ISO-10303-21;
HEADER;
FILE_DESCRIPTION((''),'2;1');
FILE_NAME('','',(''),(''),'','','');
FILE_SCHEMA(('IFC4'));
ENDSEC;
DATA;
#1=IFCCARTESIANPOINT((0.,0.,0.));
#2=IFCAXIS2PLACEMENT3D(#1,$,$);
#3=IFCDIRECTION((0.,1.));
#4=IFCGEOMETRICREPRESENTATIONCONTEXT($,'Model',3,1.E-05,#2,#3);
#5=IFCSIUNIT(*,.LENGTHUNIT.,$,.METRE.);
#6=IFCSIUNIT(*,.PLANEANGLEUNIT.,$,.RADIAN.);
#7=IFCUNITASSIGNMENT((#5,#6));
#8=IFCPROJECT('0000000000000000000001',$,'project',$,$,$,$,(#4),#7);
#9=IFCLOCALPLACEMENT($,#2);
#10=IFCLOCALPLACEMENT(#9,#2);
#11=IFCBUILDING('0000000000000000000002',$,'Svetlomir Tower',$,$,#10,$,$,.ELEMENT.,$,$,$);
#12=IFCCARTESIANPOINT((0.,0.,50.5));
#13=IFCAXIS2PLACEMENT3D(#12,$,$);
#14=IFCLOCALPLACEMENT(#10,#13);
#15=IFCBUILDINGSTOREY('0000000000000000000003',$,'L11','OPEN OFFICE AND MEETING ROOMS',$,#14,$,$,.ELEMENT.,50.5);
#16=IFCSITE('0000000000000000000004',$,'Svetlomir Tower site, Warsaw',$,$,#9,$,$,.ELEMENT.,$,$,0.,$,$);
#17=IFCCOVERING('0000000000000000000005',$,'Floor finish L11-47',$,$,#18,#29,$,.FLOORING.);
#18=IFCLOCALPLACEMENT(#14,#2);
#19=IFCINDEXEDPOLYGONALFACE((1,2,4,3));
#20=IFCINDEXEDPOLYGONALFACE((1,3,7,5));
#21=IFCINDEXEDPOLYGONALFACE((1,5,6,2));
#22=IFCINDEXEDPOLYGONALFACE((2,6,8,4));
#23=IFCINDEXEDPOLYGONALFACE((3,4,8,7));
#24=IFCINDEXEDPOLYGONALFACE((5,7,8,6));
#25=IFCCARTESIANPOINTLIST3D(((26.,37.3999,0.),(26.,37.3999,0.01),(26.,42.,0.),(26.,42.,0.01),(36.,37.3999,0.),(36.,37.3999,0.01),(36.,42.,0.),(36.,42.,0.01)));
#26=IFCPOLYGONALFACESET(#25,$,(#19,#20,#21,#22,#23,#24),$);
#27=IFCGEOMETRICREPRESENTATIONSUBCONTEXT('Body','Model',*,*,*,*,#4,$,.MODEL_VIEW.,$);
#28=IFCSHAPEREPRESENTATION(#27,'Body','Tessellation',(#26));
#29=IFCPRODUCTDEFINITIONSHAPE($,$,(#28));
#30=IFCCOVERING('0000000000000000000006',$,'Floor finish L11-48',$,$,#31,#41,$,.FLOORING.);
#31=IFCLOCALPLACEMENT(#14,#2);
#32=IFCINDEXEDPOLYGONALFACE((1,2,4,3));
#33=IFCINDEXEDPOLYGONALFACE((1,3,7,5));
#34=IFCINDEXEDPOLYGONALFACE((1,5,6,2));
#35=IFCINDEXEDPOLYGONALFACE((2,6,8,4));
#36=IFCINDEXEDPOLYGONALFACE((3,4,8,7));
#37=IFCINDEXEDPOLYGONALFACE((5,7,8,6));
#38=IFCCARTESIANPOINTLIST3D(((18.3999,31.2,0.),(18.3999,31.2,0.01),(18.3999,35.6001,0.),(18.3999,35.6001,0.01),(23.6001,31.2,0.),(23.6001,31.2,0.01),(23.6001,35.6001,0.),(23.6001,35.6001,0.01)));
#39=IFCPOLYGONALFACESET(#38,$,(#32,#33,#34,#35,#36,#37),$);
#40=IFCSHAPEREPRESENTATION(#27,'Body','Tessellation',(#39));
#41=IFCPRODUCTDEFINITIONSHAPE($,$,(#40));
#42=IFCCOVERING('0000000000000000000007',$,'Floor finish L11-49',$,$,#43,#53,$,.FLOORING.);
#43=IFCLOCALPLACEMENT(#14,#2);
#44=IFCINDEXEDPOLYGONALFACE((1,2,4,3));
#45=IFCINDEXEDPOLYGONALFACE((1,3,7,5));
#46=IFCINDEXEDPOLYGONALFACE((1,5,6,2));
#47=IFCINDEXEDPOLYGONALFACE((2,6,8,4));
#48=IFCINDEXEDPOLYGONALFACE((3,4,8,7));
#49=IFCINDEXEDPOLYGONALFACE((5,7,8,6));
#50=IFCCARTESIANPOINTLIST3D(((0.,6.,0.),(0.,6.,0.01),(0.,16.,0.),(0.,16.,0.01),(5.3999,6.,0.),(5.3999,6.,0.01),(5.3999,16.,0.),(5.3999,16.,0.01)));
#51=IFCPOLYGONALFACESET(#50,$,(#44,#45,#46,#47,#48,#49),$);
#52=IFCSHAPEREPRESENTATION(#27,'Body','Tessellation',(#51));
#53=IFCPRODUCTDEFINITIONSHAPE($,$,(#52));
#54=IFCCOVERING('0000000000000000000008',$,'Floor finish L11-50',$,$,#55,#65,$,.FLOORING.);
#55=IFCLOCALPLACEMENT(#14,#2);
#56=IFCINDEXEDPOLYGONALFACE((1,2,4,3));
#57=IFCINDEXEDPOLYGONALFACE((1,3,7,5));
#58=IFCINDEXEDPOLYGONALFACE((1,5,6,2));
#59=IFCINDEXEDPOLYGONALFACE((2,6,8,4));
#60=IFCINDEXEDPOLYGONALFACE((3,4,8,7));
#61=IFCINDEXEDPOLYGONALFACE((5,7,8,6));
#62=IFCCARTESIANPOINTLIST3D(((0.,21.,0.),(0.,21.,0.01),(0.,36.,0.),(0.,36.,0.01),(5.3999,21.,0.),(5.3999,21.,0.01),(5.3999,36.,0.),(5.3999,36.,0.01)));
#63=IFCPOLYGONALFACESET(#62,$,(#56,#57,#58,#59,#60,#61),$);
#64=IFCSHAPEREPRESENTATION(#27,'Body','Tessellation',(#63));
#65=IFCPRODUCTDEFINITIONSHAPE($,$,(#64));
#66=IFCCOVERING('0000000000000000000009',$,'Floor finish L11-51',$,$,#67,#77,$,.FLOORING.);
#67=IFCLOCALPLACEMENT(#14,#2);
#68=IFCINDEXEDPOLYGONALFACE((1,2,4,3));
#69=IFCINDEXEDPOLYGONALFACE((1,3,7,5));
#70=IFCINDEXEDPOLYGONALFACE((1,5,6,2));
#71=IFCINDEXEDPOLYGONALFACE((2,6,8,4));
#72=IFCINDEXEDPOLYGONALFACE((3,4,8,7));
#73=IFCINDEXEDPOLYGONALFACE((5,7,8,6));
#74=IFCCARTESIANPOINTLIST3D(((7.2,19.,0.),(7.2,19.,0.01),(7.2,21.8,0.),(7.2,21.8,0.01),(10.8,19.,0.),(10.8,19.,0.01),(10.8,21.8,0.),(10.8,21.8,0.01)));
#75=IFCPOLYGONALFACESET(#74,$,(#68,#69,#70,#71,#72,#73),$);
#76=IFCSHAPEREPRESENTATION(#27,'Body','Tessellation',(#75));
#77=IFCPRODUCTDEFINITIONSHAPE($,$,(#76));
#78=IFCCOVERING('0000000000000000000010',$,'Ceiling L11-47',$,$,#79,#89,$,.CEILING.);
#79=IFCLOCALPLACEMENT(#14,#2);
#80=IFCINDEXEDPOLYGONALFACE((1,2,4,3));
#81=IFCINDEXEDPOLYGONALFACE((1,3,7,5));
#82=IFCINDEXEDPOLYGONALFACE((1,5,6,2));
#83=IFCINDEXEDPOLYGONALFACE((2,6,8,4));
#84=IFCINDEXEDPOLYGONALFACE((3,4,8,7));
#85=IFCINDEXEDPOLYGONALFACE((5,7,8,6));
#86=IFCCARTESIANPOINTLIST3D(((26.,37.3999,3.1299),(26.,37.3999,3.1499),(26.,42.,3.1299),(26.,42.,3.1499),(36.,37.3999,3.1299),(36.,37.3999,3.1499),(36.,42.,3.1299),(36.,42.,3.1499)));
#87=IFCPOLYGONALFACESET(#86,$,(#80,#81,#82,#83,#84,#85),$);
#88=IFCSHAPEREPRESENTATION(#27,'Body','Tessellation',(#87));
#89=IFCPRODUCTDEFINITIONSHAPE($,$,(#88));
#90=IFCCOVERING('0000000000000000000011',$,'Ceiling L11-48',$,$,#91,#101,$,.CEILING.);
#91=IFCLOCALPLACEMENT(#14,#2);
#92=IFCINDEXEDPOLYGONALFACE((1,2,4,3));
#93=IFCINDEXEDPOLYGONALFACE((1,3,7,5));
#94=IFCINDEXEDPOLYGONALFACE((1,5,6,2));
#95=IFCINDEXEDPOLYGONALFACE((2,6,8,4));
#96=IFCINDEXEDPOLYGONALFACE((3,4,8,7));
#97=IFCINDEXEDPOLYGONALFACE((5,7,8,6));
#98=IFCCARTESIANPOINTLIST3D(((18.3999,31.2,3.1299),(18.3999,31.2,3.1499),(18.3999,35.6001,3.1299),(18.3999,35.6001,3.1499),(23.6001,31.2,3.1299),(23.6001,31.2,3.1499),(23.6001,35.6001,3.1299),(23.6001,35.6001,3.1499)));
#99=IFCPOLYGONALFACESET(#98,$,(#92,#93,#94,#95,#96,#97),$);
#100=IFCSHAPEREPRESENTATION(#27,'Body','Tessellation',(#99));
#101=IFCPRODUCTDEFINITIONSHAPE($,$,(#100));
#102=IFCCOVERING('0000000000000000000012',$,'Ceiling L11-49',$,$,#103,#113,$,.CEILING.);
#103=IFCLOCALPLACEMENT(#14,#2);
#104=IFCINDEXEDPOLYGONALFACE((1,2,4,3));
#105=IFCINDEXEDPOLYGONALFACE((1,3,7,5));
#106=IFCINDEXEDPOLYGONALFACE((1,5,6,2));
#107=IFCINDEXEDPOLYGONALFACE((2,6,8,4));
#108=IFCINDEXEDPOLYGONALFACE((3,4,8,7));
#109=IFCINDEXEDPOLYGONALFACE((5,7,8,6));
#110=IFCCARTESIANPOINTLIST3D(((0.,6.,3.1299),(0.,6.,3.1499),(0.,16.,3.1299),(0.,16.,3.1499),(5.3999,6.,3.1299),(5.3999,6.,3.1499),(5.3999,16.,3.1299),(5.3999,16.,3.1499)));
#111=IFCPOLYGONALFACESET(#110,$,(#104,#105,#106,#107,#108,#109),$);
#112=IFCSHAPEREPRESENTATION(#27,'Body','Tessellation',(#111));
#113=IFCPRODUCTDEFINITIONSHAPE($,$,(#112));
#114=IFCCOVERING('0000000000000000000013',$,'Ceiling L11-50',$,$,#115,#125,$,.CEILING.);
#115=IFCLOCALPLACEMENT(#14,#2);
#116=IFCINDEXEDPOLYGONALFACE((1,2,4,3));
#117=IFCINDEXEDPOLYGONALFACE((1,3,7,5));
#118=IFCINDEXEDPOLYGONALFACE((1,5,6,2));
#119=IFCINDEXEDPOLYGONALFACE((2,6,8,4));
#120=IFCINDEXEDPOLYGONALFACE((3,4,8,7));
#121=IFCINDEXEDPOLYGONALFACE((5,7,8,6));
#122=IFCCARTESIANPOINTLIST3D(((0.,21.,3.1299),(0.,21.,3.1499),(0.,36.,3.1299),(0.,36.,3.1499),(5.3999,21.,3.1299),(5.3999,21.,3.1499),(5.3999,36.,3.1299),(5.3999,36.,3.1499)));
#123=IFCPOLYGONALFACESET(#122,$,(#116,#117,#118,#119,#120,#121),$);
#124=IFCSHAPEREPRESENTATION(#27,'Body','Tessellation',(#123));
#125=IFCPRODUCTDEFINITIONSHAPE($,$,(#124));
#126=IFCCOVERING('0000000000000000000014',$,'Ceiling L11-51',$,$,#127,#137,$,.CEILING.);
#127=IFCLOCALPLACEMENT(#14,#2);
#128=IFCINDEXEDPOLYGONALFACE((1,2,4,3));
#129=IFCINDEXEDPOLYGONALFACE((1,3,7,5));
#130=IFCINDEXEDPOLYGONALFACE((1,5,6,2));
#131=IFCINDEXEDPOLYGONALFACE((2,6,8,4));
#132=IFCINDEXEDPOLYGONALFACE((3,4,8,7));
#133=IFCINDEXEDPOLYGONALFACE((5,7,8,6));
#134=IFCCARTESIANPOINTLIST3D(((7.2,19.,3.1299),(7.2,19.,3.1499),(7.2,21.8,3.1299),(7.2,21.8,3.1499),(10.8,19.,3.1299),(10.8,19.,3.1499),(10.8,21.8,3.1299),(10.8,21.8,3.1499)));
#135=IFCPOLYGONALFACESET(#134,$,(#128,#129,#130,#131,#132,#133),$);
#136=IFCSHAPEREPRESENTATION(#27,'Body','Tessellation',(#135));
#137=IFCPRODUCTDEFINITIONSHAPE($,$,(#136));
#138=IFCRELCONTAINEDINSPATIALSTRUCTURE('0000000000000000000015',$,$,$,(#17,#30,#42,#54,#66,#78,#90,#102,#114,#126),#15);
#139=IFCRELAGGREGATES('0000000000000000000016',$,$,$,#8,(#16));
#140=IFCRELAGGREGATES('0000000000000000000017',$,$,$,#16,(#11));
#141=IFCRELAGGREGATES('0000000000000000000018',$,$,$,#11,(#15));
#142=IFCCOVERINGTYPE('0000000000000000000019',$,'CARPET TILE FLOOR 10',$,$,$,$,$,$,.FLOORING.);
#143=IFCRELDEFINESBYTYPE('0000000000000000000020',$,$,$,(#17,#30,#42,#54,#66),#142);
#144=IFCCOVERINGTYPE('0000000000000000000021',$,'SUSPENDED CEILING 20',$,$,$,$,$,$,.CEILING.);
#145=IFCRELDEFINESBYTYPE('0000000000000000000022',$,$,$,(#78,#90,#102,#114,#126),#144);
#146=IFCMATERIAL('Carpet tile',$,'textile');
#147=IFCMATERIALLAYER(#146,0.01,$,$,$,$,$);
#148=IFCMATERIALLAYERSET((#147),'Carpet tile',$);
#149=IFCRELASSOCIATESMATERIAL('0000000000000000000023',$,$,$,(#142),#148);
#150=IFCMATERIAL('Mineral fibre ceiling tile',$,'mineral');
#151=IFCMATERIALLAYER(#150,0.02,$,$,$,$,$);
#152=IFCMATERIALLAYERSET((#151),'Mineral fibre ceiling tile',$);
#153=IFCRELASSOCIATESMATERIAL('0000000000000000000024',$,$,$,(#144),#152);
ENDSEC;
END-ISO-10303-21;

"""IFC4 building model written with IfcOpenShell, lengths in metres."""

from ifc_helpers import new_model, si_unit, direction, frame, origin, place, context, subcontext, project, spatial, polyline, outline, extrude, material, layer, layer_set, type_object, element, save


model = new_model("IFC4")

# Units and contexts
model_context = context("Model", 3, precision=1e-05, world=origin(), true_north=direction((0.0, 1.0)))
body_context = subcontext(model_context, "Body", "Model", "MODEL_VIEW")
ifc_project = project(units=[si_unit("LENGTHUNIT", "METRE"), si_unit("PLANEANGLEUNIT", "RADIAN")], contexts=[model_context])

# Site, building, storey
site_placement = place(None, origin())
site = spatial("IfcSite", under=ifc_project, at=site_placement, Name="Svetlomir Tower site, Warsaw", CompositionType="ELEMENT", RefElevation=0.0)
building_placement = place(site_placement, origin())
building = spatial("IfcBuilding", under=site, at=building_placement, Name="Svetlomir Tower", CompositionType="ELEMENT")
storey_placement = place(building_placement, frame((0.0, 0.0, 50.5)))
storey = spatial("IfcBuildingStorey", under=building, at=storey_placement, Name="L11", Description="OPEN OFFICE AND MEETING ROOMS", CompositionType="ELEMENT", Elevation=50.5)

# Coverings
ifc_material_1 = material(Name="Carpet tile", Category="textile")
ifc_layer_1 = layer(ifc_material_1, 0.01)
ifc_layer_set_1 = layer_set([ifc_layer_1], Name="Carpet tile")
covering_type_1 = type_object("IfcCoveringType", Name="CARPET TILE FLOOR 10", PredefinedType="FLOORING", material=ifc_layer_set_1)
covering_1_placement = place(storey_placement, origin())
element("IfcCovering", 1, at=covering_1_placement, inside=storey, type_object=covering_type_1, Name="Floor finish L11-47", PredefinedType="FLOORING", context=body_context, shape_type="SweptSolid", body=[
    extrude(outline(polyline([(36.0, 42.0), (36.0, 37.3999), (26.0, 37.3999), (26.0, 42.0), (36.0, 42.0)])), origin(), (0.0, 0.0, 1.0), 0.01),
])
covering_2_placement = place(storey_placement, origin())
element("IfcCovering", 2, at=covering_2_placement, inside=storey, type_object=covering_type_1, Name="Floor finish L11-48", PredefinedType="FLOORING", context=body_context, shape_type="SweptSolid", body=[
    extrude(outline(polyline([(18.3999, 31.2), (18.3999, 35.6001), (23.6001, 35.6001), (23.6001, 31.2), (18.3999, 31.2)])), origin(), (0.0, 0.0, 1.0), 0.01),
])
covering_3_placement = place(storey_placement, origin())
element("IfcCovering", 3, at=covering_3_placement, inside=storey, type_object=covering_type_1, Name="Floor finish L11-49", PredefinedType="FLOORING", context=body_context, shape_type="SweptSolid", body=[
    extrude(outline(polyline([(0.0, 16.0), (5.3999, 16.0), (5.3999, 6.0), (0.0, 6.0), (0.0, 16.0)])), origin(), (0.0, 0.0, 1.0), 0.01),
])
covering_4_placement = place(storey_placement, origin())
element("IfcCovering", 4, at=covering_4_placement, inside=storey, type_object=covering_type_1, Name="Floor finish L11-50", PredefinedType="FLOORING", context=body_context, shape_type="SweptSolid", body=[
    extrude(outline(polyline([(0.0, 36.0), (5.3999, 36.0), (5.3999, 21.0), (0.0, 21.0), (0.0, 36.0)])), origin(), (0.0, 0.0, 1.0), 0.01),
])
covering_5_placement = place(storey_placement, origin())
element("IfcCovering", 5, at=covering_5_placement, inside=storey, type_object=covering_type_1, Name="Floor finish L11-51", PredefinedType="FLOORING", context=body_context, shape_type="SweptSolid", body=[
    extrude(outline(polyline([(7.2, 19.0), (7.2, 21.8), (10.8, 21.8), (10.8, 19.0), (7.2, 19.0)])), origin(), (0.0, 0.0, 1.0), 0.01),
])
ifc_material_2 = material(Name="Mineral fibre ceiling tile", Category="mineral")
ifc_layer_2 = layer(ifc_material_2, 0.02)
ifc_layer_set_2 = layer_set([ifc_layer_2], Name="Mineral fibre ceiling tile")
covering_type_2 = type_object("IfcCoveringType", Name="SUSPENDED CEILING 20", PredefinedType="CEILING", material=ifc_layer_set_2)
covering_6_placement = place(storey_placement, frame((0.0, 0.0, 3.1299)))
element("IfcCovering", 6, at=covering_6_placement, inside=storey, type_object=covering_type_2, Name="Ceiling L11-47", PredefinedType="CEILING", context=body_context, shape_type="SweptSolid", body=[
    extrude(outline(polyline([(36.0, 42.0), (36.0, 37.3999), (26.0, 37.3999), (26.0, 42.0), (36.0, 42.0)])), origin(), (0.0, 0.0, 1.0), 0.02),
])
covering_7_placement = place(storey_placement, frame((0.0, 0.0, 3.1299)))
element("IfcCovering", 7, at=covering_7_placement, inside=storey, type_object=covering_type_2, Name="Ceiling L11-48", PredefinedType="CEILING", context=body_context, shape_type="SweptSolid", body=[
    extrude(outline(polyline([(18.3999, 31.2), (18.3999, 35.6001), (23.6001, 35.6001), (23.6001, 31.2), (18.3999, 31.2)])), origin(), (0.0, 0.0, 1.0), 0.02),
])
covering_8_placement = place(storey_placement, frame((0.0, 0.0, 3.1299)))
element("IfcCovering", 8, at=covering_8_placement, inside=storey, type_object=covering_type_2, Name="Ceiling L11-49", PredefinedType="CEILING", context=body_context, shape_type="SweptSolid", body=[
    extrude(outline(polyline([(0.0, 16.0), (5.3999, 16.0), (5.3999, 6.0), (0.0, 6.0), (0.0, 16.0)])), origin(), (0.0, 0.0, 1.0), 0.02),
])
covering_9_placement = place(storey_placement, frame((0.0, 0.0, 3.1299)))
element("IfcCovering", 9, at=covering_9_placement, inside=storey, type_object=covering_type_2, Name="Ceiling L11-50", PredefinedType="CEILING", context=body_context, shape_type="SweptSolid", body=[
    extrude(outline(polyline([(0.0, 36.0), (5.3999, 36.0), (5.3999, 21.0), (0.0, 21.0), (0.0, 36.0)])), origin(), (0.0, 0.0, 1.0), 0.02),
])
covering_10_placement = place(storey_placement, frame((0.0, 0.0, 3.1299)))
element("IfcCovering", 10, at=covering_10_placement, inside=storey, type_object=covering_type_2, Name="Ceiling L11-51", PredefinedType="CEILING", context=body_context, shape_type="SweptSolid", body=[
    extrude(outline(polyline([(7.2, 19.0), (7.2, 21.8), (10.8, 21.8), (10.8, 19.0), (7.2, 19.0)])), origin(), (0.0, 0.0, 1.0), 0.02),
])

save(model, "model.ifc")
